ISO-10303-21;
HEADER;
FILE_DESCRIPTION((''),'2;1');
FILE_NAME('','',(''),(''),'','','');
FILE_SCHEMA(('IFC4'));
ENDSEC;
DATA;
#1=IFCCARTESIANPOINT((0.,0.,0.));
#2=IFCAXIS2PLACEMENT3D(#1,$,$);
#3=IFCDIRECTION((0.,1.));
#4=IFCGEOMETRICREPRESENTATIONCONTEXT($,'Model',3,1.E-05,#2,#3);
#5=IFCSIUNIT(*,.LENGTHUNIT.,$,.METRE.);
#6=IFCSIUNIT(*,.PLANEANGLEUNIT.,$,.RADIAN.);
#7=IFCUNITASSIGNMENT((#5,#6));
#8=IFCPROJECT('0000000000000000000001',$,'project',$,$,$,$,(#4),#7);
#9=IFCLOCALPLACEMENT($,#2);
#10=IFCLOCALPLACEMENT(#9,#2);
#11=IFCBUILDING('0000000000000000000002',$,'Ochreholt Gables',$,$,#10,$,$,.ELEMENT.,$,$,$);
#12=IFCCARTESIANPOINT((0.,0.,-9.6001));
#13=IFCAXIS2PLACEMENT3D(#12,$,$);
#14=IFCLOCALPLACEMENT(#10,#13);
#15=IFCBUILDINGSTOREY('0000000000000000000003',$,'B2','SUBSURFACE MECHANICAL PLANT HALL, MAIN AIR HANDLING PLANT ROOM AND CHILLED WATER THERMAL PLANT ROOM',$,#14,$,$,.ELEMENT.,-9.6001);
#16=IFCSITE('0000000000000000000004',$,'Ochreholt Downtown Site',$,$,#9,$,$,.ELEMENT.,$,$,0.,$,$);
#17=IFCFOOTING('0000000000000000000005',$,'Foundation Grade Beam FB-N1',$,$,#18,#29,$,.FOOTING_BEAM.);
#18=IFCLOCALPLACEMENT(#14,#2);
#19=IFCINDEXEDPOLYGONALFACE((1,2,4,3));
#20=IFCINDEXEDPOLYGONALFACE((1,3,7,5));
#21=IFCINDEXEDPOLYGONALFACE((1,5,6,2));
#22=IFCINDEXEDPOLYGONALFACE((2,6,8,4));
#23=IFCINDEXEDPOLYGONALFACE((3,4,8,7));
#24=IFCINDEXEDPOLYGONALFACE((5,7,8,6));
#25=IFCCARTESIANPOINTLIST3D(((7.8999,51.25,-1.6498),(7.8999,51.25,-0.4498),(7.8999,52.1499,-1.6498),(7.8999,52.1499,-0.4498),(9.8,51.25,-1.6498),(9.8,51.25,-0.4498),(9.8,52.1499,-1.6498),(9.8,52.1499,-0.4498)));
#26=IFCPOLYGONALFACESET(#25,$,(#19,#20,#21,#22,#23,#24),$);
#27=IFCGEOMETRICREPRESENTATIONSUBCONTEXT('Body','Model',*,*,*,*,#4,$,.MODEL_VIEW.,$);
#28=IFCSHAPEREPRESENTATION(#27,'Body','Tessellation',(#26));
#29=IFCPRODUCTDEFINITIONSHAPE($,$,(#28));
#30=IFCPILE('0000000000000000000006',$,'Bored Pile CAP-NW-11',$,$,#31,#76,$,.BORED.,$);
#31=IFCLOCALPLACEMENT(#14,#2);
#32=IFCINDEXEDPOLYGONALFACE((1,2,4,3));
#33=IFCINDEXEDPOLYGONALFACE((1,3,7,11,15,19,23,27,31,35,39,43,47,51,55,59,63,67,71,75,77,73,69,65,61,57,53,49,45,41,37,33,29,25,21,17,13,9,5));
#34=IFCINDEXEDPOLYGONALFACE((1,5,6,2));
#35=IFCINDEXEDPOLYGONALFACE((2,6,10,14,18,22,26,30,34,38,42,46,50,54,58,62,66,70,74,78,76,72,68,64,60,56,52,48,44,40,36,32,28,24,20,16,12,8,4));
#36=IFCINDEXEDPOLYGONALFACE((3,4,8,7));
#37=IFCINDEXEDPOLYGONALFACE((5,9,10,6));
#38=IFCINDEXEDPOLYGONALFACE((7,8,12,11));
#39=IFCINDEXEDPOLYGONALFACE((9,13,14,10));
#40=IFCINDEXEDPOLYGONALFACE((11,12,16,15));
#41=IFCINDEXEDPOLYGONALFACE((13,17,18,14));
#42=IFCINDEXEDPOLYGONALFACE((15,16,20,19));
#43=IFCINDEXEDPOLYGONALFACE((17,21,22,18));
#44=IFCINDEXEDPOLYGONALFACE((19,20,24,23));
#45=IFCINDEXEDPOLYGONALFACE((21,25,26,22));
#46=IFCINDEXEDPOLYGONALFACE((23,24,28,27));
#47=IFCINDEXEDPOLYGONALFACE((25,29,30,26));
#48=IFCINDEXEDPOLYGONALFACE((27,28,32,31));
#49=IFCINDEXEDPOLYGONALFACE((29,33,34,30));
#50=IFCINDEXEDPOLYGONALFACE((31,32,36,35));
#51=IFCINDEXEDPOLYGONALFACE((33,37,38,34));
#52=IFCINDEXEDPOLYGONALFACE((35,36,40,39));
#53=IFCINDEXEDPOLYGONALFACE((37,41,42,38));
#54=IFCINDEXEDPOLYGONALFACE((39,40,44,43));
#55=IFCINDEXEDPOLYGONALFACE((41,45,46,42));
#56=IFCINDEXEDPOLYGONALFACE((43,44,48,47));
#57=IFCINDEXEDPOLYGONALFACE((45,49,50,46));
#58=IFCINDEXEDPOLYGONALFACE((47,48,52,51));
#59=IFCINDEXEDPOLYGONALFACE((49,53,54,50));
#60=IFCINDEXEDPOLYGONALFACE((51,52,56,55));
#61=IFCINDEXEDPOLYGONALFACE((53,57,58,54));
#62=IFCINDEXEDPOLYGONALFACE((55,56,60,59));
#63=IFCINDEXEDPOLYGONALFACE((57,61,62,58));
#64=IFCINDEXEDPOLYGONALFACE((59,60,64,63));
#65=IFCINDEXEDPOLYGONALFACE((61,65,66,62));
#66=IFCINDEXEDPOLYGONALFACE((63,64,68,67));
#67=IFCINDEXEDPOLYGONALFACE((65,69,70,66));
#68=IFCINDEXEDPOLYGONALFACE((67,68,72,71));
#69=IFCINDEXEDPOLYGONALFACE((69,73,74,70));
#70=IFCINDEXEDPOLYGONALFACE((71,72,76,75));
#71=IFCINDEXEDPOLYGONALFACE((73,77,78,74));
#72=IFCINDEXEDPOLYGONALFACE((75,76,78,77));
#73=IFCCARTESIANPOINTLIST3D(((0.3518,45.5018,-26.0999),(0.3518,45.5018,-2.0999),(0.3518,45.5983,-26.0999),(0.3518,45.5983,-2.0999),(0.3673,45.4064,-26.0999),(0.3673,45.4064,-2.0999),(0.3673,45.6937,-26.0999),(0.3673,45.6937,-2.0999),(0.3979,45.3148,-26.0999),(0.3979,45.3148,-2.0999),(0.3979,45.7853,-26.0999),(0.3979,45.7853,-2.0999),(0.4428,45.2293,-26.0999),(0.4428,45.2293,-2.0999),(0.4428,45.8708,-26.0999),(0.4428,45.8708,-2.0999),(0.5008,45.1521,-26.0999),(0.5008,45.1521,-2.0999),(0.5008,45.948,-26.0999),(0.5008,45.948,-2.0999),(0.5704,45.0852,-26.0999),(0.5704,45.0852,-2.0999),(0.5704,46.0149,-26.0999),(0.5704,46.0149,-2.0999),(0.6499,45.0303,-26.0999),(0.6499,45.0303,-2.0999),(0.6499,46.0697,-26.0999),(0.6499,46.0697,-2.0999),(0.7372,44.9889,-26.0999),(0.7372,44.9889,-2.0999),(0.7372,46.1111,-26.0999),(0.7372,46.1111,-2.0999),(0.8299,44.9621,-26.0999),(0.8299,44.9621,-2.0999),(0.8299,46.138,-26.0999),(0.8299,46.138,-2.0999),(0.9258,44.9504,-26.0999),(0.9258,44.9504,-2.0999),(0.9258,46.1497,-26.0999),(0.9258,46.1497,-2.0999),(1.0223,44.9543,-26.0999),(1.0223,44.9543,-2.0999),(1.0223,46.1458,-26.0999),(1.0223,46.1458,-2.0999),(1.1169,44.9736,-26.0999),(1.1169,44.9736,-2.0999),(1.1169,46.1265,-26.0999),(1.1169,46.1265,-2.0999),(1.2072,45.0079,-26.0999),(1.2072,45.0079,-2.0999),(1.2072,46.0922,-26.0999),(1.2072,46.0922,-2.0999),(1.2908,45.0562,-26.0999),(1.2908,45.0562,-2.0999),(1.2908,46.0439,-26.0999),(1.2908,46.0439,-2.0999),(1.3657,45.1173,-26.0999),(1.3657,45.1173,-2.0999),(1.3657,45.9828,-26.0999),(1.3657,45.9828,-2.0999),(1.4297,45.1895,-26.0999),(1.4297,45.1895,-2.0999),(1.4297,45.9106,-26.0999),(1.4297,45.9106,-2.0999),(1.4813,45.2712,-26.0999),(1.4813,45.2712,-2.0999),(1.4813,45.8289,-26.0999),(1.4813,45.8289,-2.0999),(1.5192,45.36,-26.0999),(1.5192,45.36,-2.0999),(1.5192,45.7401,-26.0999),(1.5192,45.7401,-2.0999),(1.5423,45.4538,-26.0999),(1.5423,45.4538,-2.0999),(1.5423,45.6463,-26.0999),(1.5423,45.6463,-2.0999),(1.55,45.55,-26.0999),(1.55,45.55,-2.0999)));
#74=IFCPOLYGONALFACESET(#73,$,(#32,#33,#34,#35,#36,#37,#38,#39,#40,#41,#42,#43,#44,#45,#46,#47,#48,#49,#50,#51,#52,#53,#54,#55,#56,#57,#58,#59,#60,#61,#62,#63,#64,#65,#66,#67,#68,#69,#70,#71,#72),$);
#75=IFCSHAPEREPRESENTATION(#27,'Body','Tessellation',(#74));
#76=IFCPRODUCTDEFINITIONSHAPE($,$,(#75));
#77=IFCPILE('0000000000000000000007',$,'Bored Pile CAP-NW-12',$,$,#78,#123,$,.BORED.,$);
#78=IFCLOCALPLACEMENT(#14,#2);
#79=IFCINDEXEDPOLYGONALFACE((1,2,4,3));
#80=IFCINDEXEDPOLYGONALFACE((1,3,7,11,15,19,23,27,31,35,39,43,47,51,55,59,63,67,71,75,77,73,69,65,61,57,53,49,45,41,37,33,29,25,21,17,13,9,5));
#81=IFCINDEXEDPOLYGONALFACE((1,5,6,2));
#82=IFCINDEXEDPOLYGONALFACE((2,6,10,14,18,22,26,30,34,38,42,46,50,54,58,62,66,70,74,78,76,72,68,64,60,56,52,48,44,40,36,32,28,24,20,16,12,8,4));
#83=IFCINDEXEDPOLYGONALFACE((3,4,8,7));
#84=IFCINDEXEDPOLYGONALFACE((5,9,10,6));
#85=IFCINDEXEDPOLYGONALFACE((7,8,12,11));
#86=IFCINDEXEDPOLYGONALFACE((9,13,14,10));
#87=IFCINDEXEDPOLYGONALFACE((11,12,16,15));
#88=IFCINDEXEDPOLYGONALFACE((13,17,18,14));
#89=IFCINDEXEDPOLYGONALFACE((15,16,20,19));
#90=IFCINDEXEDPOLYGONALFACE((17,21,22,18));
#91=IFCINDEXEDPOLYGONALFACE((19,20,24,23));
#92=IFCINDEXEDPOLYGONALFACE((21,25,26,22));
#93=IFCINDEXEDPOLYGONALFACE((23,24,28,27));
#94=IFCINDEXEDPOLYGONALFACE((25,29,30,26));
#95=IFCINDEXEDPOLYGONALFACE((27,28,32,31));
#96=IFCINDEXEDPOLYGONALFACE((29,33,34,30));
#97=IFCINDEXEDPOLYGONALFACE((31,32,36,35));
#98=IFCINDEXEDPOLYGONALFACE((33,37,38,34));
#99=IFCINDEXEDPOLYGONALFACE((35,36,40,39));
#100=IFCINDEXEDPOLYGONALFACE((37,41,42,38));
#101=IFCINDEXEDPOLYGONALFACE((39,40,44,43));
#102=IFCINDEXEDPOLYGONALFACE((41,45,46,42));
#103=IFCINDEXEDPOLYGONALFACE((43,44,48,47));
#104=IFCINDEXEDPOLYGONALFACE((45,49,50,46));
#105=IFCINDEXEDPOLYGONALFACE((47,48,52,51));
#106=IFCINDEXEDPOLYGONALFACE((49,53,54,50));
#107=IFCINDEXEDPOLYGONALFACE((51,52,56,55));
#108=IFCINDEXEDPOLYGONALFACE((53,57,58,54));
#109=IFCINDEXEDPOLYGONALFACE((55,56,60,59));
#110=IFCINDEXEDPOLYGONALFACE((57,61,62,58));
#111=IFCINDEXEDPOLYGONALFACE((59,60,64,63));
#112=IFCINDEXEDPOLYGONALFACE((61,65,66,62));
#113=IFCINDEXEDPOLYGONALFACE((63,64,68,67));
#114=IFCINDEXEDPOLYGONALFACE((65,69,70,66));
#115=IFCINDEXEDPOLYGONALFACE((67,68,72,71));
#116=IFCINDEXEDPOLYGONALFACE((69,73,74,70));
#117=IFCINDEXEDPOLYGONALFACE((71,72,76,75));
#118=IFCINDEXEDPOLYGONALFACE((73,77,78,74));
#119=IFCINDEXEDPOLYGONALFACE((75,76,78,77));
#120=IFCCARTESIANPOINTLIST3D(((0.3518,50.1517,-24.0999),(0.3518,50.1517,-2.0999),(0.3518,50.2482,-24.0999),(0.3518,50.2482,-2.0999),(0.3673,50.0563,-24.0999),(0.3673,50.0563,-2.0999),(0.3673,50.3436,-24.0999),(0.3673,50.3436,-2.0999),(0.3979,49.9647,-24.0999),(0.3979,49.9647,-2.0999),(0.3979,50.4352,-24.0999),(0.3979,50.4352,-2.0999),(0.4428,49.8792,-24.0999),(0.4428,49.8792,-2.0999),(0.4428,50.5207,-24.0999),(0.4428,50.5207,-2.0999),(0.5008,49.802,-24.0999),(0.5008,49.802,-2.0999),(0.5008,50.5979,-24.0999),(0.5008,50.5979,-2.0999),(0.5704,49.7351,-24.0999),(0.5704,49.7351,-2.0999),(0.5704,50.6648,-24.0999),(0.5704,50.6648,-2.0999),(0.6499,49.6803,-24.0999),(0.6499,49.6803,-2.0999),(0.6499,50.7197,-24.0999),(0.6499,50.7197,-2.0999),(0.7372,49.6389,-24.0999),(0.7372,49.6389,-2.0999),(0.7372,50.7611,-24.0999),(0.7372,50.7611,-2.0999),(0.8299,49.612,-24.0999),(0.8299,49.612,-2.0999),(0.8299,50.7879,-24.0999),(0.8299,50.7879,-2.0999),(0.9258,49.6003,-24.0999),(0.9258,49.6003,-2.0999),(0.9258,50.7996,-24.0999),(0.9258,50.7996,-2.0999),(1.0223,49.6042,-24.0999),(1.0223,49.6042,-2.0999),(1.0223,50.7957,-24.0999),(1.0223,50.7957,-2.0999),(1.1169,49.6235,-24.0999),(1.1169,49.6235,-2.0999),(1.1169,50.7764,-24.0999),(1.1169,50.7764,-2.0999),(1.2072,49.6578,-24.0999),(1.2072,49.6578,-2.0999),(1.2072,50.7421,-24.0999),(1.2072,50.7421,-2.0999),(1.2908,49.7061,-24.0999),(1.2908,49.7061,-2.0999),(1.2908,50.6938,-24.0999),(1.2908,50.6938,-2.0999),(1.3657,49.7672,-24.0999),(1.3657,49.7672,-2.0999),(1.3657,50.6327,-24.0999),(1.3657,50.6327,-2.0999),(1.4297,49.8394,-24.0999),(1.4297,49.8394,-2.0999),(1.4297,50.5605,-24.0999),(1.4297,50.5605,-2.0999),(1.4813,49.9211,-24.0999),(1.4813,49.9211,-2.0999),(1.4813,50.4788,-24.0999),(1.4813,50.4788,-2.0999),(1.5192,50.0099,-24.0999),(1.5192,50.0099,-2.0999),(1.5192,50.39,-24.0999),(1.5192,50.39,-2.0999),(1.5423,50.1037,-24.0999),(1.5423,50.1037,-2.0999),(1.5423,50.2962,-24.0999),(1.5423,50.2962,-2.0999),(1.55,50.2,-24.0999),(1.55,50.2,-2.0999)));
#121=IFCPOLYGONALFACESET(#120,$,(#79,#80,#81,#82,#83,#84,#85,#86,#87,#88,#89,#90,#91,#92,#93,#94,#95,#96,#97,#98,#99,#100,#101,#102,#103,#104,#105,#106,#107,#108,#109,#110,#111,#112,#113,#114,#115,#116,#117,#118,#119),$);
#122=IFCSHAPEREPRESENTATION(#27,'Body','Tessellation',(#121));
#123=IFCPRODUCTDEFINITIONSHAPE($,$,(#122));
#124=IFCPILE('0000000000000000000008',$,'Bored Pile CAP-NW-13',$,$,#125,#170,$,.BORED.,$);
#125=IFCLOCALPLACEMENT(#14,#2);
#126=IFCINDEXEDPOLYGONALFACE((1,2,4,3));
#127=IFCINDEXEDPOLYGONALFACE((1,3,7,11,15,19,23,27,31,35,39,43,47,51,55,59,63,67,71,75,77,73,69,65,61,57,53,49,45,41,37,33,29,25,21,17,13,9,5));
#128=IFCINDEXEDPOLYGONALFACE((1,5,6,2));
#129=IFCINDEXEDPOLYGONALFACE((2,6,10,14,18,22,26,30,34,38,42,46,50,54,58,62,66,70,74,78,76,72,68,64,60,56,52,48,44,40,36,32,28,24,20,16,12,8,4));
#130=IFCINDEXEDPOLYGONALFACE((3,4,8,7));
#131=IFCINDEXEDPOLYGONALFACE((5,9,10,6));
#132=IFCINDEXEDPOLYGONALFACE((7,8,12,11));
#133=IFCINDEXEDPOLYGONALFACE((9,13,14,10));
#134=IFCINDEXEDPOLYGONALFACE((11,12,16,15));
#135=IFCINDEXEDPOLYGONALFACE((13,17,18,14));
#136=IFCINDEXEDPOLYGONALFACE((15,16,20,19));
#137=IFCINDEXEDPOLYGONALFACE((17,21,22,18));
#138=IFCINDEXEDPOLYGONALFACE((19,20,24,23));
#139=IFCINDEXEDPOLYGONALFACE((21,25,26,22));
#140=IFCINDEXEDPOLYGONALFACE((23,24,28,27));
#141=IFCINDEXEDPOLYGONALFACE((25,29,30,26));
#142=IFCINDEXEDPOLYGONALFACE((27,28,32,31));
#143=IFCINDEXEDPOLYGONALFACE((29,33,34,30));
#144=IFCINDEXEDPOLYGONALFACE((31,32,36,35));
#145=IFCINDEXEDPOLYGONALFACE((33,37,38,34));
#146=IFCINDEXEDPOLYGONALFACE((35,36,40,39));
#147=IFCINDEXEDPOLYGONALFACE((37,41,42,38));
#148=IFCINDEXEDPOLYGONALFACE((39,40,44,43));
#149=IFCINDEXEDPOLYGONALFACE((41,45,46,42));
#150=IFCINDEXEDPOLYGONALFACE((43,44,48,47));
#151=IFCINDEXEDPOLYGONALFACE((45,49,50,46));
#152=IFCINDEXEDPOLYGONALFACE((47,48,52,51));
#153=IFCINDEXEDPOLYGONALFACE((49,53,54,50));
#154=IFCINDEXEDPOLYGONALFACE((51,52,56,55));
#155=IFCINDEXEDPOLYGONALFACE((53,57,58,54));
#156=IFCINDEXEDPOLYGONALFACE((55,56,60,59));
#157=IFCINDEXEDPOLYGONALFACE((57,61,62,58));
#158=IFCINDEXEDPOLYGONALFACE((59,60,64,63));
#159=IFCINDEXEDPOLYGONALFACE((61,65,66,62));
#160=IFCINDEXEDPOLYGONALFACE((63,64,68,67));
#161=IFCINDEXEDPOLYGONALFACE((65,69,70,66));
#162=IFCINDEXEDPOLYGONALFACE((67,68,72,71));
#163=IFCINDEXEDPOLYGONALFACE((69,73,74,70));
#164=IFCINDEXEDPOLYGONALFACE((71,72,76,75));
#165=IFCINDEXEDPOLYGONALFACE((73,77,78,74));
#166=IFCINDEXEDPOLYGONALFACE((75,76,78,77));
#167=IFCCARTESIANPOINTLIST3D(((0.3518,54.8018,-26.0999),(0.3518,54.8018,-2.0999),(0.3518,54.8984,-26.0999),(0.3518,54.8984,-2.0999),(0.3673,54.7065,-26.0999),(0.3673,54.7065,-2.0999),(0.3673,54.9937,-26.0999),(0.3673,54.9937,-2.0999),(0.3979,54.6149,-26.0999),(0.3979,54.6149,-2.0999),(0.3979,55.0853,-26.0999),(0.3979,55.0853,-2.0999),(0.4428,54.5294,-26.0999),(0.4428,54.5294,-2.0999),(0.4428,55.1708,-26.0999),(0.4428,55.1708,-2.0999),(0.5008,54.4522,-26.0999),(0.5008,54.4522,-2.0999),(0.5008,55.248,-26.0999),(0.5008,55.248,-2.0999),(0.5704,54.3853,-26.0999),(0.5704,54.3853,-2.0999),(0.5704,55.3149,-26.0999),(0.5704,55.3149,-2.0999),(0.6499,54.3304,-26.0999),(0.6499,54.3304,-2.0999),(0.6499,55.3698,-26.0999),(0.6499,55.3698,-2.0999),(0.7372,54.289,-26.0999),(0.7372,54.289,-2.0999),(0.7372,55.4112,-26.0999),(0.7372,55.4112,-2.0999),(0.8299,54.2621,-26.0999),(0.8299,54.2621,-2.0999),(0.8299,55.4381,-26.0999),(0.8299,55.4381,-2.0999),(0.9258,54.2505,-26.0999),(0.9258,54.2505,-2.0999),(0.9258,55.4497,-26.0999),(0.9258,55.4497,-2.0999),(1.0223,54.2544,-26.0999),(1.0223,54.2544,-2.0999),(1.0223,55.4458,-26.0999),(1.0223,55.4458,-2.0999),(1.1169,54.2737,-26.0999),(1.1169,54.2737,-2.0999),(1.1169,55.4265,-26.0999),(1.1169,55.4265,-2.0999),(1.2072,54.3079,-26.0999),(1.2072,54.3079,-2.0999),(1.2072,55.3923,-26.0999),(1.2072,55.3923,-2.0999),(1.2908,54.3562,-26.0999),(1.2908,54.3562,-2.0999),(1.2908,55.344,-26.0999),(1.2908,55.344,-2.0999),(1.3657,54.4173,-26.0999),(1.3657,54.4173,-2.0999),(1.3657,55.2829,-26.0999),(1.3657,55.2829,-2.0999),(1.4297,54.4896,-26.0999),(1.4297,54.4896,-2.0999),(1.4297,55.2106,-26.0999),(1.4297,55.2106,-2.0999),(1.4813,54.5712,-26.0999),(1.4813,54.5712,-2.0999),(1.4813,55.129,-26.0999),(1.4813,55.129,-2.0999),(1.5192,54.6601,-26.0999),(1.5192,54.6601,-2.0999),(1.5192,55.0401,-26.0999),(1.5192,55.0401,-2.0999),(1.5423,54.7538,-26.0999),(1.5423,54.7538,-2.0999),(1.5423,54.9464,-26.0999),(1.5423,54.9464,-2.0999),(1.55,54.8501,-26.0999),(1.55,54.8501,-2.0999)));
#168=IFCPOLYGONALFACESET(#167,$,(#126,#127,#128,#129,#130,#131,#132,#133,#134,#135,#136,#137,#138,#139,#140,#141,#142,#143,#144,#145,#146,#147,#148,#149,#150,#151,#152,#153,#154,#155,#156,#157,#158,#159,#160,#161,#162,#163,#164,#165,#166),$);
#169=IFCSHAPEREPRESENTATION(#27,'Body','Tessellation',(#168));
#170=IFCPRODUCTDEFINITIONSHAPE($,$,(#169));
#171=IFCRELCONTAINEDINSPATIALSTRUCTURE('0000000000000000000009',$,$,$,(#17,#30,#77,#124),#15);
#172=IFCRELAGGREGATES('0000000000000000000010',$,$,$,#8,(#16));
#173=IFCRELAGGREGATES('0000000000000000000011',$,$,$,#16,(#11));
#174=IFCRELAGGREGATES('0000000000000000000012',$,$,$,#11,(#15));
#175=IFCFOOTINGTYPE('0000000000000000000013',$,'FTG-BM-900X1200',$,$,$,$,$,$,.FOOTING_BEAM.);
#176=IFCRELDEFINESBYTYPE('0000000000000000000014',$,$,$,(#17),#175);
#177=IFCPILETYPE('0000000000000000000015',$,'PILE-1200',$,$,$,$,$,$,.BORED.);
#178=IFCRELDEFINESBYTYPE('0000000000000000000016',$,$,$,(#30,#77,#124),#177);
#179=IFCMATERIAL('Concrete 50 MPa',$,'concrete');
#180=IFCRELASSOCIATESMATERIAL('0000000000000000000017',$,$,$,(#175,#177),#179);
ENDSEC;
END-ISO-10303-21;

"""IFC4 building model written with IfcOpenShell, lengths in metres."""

from ifc_helpers import new_model, si_unit, direction, frame, origin, origin_2d, place, context, subcontext, project, spatial, rectangle, circle, extrude, material, material_profile, profile_set, type_object, element, save


model = new_model("IFC4")

# Units and contexts
model_context = context("Model", 3, precision=1e-05, world=origin(), true_north=direction((0.0, 1.0)))
body_context = subcontext(model_context, "Body", "Model", "MODEL_VIEW")
ifc_project = project(units=[si_unit("LENGTHUNIT", "METRE"), si_unit("PLANEANGLEUNIT", "RADIAN")], contexts=[model_context])

# Site, building, storey
site_placement = place(None, origin())
site = spatial("IfcSite", under=ifc_project, at=site_placement, Name="Ochreholt Downtown Site", CompositionType="ELEMENT", RefElevation=0.0)
building_placement = place(site_placement, origin())
building = spatial("IfcBuilding", under=site, at=building_placement, Name="Ochreholt Gables", CompositionType="ELEMENT")
storey_placement = place(building_placement, frame((0.0, 0.0, -9.6001)))
storey = spatial("IfcBuildingStorey", under=building, at=storey_placement, Name="B2", Description="SUBSURFACE MECHANICAL PLANT HALL, MAIN AIR HANDLING PLANT ROOM AND CHILLED WATER THERMAL PLANT ROOM", CompositionType="ELEMENT", Elevation=-9.6001)

# Footing
ifc_material_1 = material(Name="Concrete 50 MPa", Category="concrete")
ifc_material_profile_1 = material_profile(ifc_material_1, rectangle(XDim=0.8999, YDim=1.2, at=origin_2d()), Name="FB900X1200")
ifc_profile_set_1 = profile_set([ifc_material_profile_1], Name="Concrete 50 MPa")
footing_type = type_object("IfcFootingType", Name="FTG-BM-900X1200", PredefinedType="FOOTING_BEAM", material=ifc_profile_set_1)
footing_placement = place(storey_placement, frame((7.8999, 51.7, -1.0498), z_axis=(1.0, 0.0, 0.0), x_axis=(0.0, 1.0, 0.0)))
element("IfcFooting", 1, at=footing_placement, inside=storey, type_object=footing_type, Name="Foundation Grade Beam FB-N1", PredefinedType="FOOTING_BEAM", context=body_context, shape_type="SweptSolid", body=[
    extrude(rectangle(XDim=0.8999, YDim=1.2, at=origin_2d()), origin(), (0.0, 0.0, 1.0), 1.9001),
])

# Piles
ifc_material_profile_2 = material_profile(ifc_material_1, circle(Radius=0.6001, at=origin_2d()), Name="PILE1200")
ifc_profile_set_2 = profile_set([ifc_material_profile_2], Name="Concrete 50 MPa")
pile_type = type_object("IfcPileType", Name="PILE-1200", PredefinedType="BORED", material=ifc_profile_set_2)
pile_1_placement = place(storey_placement, frame((0.95, 45.55, -2.0999), z_axis=(0.0, 0.0, -1.0), x_axis=(1.0, 0.0, 0.0)))
element("IfcPile", 2, at=pile_1_placement, inside=storey, type_object=pile_type, Name="Bored Pile CAP-NW-11", PredefinedType="BORED", context=body_context, shape_type="SweptSolid", body=[
    extrude(circle(Radius=0.6001, at=origin_2d()), origin(), (0.0, 0.0, 1.0), 24.0),
])
pile_2_placement = place(storey_placement, frame((0.95, 50.2, -2.0999), z_axis=(0.0, 0.0, -1.0), x_axis=(1.0, 0.0, 0.0)))
element("IfcPile", 3, at=pile_2_placement, inside=storey, type_object=pile_type, Name="Bored Pile CAP-NW-12", PredefinedType="BORED", context=body_context, shape_type="SweptSolid", body=[
    extrude(circle(Radius=0.6001, at=origin_2d()), origin(), (0.0, 0.0, 1.0), 22.0),
])
pile_3_placement = place(storey_placement, frame((0.95, 54.8501, -2.0999), z_axis=(0.0, 0.0, -1.0), x_axis=(1.0, 0.0, 0.0)))
element("IfcPile", 4, at=pile_3_placement, inside=storey, type_object=pile_type, Name="Bored Pile CAP-NW-13", PredefinedType="BORED", context=body_context, shape_type="SweptSolid", body=[
    extrude(circle(Radius=0.6001, at=origin_2d()), origin(), (0.0, 0.0, 1.0), 24.0),
])

save(model, "model.ifc")
